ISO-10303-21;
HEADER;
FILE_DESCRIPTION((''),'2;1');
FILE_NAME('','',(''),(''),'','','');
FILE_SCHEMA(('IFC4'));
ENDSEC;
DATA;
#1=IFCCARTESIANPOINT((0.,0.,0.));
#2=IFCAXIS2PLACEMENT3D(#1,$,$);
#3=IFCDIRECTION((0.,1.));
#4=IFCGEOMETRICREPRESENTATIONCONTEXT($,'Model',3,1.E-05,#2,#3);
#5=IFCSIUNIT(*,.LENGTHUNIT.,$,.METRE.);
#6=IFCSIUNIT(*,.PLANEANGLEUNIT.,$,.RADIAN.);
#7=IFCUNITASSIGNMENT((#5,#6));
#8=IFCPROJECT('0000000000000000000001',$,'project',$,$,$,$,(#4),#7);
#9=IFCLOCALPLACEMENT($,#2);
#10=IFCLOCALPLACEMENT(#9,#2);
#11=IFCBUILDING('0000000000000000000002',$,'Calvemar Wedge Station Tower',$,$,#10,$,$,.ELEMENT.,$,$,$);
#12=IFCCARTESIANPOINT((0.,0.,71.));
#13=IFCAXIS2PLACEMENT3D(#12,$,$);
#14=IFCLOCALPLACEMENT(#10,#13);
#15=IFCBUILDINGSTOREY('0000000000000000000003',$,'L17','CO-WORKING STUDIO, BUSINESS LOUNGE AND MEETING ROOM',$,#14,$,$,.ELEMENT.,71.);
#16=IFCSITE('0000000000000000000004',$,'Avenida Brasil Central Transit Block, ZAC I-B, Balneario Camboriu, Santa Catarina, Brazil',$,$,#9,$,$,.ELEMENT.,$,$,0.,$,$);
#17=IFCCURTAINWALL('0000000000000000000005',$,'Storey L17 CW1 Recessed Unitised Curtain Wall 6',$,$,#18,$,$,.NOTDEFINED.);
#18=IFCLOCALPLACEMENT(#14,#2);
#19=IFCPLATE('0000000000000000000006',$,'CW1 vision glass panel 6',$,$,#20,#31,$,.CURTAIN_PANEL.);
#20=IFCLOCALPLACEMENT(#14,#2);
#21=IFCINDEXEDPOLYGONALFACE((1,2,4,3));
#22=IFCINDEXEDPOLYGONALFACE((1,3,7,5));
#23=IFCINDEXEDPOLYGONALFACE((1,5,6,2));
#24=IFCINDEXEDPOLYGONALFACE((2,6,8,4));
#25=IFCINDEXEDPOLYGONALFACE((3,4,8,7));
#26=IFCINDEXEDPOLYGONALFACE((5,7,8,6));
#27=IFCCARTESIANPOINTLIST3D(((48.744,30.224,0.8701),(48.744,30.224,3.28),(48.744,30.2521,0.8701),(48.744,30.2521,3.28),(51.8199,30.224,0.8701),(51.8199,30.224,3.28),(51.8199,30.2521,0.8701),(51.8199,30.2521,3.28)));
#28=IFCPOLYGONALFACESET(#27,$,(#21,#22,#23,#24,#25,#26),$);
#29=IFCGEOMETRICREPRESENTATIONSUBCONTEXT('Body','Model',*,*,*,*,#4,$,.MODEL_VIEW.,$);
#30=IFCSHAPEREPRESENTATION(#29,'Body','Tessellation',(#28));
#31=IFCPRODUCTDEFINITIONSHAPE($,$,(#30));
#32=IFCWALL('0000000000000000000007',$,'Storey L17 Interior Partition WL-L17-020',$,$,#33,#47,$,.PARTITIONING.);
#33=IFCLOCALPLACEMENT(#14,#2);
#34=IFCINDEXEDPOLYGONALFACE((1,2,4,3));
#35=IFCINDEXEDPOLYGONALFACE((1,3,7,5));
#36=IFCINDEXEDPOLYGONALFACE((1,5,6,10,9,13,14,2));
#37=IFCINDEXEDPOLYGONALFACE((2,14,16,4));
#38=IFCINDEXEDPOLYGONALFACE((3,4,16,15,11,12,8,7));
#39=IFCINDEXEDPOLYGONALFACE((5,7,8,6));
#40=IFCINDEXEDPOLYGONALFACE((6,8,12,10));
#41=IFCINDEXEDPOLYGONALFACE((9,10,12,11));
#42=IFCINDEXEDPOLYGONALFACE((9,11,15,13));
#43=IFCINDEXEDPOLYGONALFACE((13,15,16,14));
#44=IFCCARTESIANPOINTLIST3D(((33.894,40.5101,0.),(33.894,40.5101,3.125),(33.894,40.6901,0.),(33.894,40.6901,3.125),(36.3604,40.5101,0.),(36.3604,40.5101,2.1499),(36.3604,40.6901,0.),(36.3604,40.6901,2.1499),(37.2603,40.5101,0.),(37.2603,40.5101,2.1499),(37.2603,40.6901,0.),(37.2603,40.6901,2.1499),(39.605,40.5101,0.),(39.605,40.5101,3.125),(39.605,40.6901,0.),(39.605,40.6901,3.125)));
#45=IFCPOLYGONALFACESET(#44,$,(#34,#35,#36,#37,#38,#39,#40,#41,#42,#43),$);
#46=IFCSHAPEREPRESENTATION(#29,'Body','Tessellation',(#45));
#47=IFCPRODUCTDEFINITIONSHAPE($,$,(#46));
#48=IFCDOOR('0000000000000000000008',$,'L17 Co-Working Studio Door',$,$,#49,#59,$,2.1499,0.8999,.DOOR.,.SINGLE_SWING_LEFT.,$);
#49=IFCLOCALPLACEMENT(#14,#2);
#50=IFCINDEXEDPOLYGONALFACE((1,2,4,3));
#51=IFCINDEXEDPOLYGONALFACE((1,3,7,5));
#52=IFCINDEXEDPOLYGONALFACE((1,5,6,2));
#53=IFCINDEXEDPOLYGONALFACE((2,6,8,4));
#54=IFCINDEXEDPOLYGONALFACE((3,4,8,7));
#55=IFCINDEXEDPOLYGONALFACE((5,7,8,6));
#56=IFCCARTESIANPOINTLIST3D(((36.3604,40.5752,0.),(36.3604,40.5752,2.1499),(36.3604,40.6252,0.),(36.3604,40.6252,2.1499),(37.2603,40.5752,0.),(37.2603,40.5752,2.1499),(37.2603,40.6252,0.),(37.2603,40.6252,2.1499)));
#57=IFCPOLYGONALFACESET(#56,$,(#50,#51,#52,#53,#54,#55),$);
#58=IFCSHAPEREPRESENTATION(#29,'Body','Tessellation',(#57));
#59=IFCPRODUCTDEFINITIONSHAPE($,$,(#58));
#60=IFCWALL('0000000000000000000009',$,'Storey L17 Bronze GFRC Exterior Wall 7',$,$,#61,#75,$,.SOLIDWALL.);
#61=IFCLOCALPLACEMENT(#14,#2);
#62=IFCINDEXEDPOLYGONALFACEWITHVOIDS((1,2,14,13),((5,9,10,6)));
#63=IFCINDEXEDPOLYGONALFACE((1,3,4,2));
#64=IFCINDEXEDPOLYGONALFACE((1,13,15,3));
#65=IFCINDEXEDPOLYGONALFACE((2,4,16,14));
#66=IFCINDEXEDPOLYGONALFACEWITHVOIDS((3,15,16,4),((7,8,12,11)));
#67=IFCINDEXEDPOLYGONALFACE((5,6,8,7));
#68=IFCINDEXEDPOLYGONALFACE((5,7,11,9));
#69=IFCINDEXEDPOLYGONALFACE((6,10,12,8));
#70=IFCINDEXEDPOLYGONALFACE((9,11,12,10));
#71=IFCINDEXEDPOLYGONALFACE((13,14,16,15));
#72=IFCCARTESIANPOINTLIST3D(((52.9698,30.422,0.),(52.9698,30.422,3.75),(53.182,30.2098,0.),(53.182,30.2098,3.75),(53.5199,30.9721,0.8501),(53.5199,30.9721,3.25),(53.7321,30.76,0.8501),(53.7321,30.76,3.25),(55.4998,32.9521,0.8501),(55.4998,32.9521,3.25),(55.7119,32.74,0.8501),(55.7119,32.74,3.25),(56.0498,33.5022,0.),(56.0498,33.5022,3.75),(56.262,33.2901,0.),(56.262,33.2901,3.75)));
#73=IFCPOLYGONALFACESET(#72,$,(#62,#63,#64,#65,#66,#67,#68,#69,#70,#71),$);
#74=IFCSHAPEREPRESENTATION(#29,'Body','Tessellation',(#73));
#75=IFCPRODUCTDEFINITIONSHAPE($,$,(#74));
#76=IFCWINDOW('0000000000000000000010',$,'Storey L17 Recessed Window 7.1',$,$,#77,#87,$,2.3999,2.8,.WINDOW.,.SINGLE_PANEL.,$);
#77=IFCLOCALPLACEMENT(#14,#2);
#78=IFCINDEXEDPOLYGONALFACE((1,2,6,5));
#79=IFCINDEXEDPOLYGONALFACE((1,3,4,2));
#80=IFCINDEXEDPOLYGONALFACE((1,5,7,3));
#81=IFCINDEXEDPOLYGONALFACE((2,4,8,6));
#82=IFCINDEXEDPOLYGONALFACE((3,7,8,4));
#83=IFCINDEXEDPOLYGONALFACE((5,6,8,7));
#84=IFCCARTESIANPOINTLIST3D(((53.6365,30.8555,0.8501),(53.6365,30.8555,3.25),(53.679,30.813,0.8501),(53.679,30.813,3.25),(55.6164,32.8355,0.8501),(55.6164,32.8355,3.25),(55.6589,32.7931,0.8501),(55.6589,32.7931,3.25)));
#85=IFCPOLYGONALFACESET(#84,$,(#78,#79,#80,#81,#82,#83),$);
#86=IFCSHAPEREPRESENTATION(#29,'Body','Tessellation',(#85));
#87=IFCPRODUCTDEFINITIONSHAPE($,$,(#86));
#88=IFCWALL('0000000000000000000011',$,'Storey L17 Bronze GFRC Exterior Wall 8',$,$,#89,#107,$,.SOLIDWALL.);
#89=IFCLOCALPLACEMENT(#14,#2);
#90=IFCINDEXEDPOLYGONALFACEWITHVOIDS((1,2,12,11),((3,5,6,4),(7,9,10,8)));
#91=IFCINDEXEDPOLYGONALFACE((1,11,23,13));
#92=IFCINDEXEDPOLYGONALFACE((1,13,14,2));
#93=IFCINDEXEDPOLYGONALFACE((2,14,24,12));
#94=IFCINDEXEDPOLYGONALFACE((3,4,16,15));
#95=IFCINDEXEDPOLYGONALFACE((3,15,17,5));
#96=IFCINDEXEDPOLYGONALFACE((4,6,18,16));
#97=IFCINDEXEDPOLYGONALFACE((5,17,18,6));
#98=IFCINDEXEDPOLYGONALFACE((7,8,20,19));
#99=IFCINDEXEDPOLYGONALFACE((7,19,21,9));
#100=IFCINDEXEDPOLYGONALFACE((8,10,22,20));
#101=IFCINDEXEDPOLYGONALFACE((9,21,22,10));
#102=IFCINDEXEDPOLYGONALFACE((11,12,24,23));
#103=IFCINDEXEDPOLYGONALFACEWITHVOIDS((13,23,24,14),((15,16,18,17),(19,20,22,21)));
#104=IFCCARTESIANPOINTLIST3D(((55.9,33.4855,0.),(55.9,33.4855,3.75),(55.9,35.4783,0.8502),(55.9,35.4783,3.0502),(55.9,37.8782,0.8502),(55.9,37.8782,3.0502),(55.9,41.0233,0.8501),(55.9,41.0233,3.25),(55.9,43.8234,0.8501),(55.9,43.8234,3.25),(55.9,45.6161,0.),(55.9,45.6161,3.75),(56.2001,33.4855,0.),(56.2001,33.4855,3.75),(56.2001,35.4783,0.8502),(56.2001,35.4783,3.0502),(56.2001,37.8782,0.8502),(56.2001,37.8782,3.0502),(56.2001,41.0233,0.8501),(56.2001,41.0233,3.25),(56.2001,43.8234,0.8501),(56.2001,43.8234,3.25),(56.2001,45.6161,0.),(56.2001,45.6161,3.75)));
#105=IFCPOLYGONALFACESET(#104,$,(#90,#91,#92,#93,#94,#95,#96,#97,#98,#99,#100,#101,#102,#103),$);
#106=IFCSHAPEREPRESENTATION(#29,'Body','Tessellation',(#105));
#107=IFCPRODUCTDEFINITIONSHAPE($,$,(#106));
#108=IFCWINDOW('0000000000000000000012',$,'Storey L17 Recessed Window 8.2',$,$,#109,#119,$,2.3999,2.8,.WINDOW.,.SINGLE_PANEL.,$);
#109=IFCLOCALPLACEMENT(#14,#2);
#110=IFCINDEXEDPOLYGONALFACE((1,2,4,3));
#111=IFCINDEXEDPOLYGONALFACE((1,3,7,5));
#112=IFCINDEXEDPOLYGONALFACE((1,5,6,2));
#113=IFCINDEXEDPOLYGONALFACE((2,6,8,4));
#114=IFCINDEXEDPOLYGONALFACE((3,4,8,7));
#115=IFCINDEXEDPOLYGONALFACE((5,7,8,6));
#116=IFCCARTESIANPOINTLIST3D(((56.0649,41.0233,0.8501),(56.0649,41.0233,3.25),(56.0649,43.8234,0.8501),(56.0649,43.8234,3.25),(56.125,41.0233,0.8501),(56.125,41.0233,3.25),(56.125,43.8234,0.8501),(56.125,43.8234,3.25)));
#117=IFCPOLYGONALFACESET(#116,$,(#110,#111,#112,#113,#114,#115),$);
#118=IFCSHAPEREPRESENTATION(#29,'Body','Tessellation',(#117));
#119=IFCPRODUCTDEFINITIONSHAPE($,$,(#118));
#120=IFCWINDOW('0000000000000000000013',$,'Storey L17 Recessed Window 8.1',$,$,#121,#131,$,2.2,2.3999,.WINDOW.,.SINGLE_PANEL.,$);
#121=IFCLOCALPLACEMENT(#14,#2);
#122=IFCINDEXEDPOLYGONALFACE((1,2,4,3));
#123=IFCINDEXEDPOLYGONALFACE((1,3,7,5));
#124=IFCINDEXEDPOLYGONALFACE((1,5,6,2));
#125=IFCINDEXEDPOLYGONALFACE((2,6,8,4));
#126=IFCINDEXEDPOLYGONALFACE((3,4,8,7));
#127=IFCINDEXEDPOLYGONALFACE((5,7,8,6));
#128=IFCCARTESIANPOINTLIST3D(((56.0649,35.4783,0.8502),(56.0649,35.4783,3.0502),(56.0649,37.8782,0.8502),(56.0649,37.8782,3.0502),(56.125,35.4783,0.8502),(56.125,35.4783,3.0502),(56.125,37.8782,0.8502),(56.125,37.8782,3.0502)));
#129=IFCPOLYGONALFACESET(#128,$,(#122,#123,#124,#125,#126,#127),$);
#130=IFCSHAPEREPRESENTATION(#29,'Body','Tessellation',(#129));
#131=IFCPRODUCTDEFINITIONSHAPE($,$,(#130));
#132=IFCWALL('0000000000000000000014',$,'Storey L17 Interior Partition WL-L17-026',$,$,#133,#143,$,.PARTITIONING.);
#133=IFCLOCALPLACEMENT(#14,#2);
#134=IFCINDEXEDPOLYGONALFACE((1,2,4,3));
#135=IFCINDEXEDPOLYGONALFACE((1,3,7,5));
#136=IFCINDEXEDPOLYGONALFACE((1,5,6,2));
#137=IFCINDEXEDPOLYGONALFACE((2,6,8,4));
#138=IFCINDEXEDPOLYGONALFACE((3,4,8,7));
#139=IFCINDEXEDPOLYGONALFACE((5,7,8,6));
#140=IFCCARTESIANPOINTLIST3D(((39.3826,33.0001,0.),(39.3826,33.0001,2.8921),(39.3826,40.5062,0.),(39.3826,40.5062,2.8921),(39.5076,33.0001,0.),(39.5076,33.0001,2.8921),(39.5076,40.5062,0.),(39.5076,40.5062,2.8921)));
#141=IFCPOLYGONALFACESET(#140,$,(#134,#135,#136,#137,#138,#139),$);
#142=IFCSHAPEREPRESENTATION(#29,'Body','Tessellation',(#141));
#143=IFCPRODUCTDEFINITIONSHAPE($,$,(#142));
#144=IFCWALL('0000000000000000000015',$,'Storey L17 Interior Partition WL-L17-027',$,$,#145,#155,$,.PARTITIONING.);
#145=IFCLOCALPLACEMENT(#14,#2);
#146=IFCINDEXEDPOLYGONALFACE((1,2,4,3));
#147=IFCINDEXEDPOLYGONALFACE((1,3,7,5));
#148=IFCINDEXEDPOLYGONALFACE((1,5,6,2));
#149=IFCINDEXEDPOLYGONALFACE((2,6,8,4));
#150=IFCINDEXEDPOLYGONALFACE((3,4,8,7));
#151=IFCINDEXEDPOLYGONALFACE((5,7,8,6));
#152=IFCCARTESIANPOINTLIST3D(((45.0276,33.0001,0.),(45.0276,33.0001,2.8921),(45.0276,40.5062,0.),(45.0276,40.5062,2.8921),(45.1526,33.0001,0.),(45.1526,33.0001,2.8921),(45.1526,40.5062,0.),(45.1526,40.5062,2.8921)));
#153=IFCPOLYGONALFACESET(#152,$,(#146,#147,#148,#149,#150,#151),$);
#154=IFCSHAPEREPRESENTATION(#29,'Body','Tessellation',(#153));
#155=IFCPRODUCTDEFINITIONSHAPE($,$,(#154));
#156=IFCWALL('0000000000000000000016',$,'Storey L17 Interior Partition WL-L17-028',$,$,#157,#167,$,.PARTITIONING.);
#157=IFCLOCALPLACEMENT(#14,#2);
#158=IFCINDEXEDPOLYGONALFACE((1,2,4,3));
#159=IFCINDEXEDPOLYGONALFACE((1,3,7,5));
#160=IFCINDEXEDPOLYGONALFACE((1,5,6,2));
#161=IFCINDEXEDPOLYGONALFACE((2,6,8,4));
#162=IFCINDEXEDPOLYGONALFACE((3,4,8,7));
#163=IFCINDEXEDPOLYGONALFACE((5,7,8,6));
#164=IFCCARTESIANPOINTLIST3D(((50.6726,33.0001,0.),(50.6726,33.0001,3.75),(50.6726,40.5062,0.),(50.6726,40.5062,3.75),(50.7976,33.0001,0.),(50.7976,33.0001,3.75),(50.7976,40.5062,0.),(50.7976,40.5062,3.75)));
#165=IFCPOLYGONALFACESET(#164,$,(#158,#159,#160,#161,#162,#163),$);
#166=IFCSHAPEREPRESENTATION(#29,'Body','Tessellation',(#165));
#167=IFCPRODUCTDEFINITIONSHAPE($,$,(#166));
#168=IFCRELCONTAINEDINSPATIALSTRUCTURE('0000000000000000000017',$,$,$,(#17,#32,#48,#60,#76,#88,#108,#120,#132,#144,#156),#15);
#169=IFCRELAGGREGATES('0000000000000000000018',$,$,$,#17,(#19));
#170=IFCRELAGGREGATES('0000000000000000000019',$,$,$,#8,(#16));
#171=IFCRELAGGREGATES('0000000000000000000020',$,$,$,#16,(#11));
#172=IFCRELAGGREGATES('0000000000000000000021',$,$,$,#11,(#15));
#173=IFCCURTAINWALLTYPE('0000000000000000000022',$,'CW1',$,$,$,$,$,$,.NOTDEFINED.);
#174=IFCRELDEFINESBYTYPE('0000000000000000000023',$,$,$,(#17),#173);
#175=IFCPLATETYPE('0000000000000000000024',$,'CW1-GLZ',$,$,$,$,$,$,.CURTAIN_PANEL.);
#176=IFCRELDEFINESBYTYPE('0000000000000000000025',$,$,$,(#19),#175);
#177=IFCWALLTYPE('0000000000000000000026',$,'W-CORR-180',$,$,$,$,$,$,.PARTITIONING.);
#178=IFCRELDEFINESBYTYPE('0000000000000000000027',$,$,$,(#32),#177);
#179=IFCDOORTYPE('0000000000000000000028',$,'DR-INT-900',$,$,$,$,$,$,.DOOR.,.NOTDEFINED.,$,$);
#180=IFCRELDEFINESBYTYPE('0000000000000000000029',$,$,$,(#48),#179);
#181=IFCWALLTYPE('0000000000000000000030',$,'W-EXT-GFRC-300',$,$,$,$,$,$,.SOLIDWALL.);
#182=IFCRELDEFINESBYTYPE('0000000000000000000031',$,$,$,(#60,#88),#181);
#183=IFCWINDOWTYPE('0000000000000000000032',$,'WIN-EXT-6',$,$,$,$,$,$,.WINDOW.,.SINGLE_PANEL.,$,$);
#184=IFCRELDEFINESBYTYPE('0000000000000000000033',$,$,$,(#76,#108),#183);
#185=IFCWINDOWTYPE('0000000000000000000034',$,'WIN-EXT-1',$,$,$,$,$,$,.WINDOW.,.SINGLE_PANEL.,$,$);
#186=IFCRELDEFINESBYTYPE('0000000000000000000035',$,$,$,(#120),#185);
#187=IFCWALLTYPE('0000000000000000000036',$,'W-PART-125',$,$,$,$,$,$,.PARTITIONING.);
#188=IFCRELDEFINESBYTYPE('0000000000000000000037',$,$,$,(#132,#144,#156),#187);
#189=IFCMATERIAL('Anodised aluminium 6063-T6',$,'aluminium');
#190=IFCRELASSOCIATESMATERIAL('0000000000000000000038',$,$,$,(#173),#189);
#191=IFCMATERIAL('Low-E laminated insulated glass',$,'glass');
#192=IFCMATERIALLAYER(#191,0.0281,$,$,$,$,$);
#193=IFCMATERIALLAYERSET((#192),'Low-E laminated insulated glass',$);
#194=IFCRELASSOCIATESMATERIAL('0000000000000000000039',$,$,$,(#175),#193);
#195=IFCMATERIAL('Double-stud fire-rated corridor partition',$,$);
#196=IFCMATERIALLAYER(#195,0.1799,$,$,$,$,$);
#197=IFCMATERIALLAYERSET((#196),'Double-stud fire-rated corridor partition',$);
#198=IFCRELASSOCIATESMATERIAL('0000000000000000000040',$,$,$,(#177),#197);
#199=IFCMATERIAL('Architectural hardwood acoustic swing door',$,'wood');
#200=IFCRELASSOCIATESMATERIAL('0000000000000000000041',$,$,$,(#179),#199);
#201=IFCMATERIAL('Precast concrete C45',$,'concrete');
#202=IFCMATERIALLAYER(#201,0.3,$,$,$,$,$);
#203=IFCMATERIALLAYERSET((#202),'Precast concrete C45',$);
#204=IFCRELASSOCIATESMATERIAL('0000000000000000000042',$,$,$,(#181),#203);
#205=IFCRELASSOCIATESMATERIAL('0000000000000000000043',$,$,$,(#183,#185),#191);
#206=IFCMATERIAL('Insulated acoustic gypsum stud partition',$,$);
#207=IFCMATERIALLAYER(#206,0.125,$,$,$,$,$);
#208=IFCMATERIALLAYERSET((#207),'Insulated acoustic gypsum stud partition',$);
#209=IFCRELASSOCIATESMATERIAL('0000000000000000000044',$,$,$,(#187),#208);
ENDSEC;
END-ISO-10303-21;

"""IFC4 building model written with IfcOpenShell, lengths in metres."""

from ifc_helpers import new_model, si_unit, direction, frame, frame_2d, origin, place, context, subcontext, project, spatial, rectangle, extrude, source, transform, mapped, material, layer, layer_set, type_object, element, fill, aggregate, save


model = new_model("IFC4")

# Units and contexts
model_context = context("Model", 3, precision=1e-05, world=origin(), true_north=direction((0.0, 1.0)))
body_context = subcontext(model_context, "Body", "Model", "MODEL_VIEW")
ifc_project = project(units=[si_unit("LENGTHUNIT", "METRE"), si_unit("PLANEANGLEUNIT", "RADIAN")], contexts=[model_context])

# Site, building, storey
site_placement = place(None, origin())
site = spatial("IfcSite", under=ifc_project, at=site_placement, Name="Avenida Brasil Central Transit Block, ZAC I-B, Balneario Camboriu, Santa Catarina, Brazil", CompositionType="ELEMENT", RefElevation=0.0)
building_placement = place(site_placement, origin())
building = spatial("IfcBuilding", under=site, at=building_placement, Name="Calvemar Wedge Station Tower", CompositionType="ELEMENT")
storey_placement = place(building_placement, frame((0.0, 0.0, 71.0)))
storey = spatial("IfcBuildingStorey", under=building, at=storey_placement, Name="L17", Description="CO-WORKING STUDIO, BUSINESS LOUNGE AND MEETING ROOM", CompositionType="ELEMENT", Elevation=71.0)

# Curtain wall, plate
ifc_material_1 = material(Name="Anodised aluminium 6063-T6", Category="aluminium")
curtain_wall_type = type_object("IfcCurtainWallType", Name="CW1", PredefinedType="NOTDEFINED", material=ifc_material_1)
curtain_wall_placement = place(storey_placement, origin())
curtain_wall = element("IfcCurtainWall", 1, at=curtain_wall_placement, inside=storey, type_object=curtain_wall_type, Name="Storey L17 CW1 Recessed Unitised Curtain Wall 6", PredefinedType="NOTDEFINED")
ifc_material_2 = material(Name="Low-E laminated insulated glass", Category="glass")
ifc_layer_1 = layer(ifc_material_2, 0.0281)
ifc_layer_set_1 = layer_set([ifc_layer_1], Name="Low-E laminated insulated glass")
plate_type = type_object("IfcPlateType", Name="CW1-GLZ", PredefinedType="CURTAIN_PANEL", material=ifc_layer_set_1)
plate_placement = place(storey_placement, frame((48.7439, 30.238, 0.8701), z_axis=(0.0, 0.0, 1.0), x_axis=(1.0, 0.0, 0.0)))
plate = element("IfcPlate", 2, at=plate_placement, type_object=plate_type, Name="CW1 vision glass panel 6", PredefinedType="CURTAIN_PANEL", context=body_context, shape_type="SweptSolid", body=[
    extrude(rectangle(XDim=3.0759, YDim=0.0281, at=frame_2d((1.5381, 0.0))), origin(), (0.0, 0.0, 1.0), 2.4099),
])
aggregate(curtain_wall, [plate])

# Wall, opening, door
ifc_material_3 = material(Name="Double-stud fire-rated corridor partition")
ifc_layer_2 = layer(ifc_material_3, 0.1799)
ifc_layer_set_2 = layer_set([ifc_layer_2], Name="Double-stud fire-rated corridor partition")
wall_type_1 = type_object("IfcWallType", Name="W-CORR-180", PredefinedType="PARTITIONING", material=ifc_layer_set_2)
wall_1_placement = place(storey_placement, frame((39.605, 40.6001, 0.0), z_axis=(0.0, 0.0, 1.0), x_axis=(-1.0, 0.0, 0.0)))
wall_1 = element("IfcWall", 3, at=wall_1_placement, inside=storey, type_object=wall_type_1, Name="Storey L17 Interior Partition WL-L17-020", PredefinedType="PARTITIONING", context=body_context, shape_type="SweptSolid", body=[
    extrude(rectangle(XDim=5.7109, YDim=0.1799, at=frame_2d((2.8555, 0.0))), origin(), (0.0, 0.0, 1.0), 3.125),
])
shared_shape_1 = source(origin(), body_context, "Body", "SweptSolid", [
    extrude(rectangle(XDim=0.8999, YDim=2.1499, at=frame_2d((0.45, 1.075))), frame((0.0, 0.1001, 0.0), z_axis=(0.0, -1.0, 0.0), x_axis=(1.0, 0.0, 0.0)), (0.0, 0.0, 1.0), 0.2),
])
opening_1_placement = place(wall_1_placement, frame((2.3447, 0.0, 0.0)))
opening_1 = element("IfcOpeningElement", 4, at=opening_1_placement, cuts=wall_1, PredefinedType="OPENING", context=body_context, shape_type="MappedRepresentation", body=[
    mapped(shared_shape_1, transform((0.0, 0.0, 0.0), scale=1.0)),
])
ifc_material_4 = material(Name="Architectural hardwood acoustic swing door", Category="wood")
door_type = type_object("IfcDoorType", Name="DR-INT-900", OperationType="NOTDEFINED", PredefinedType="DOOR", material=ifc_material_4)
shared_shape_2 = source(origin(), body_context, "Body", "SweptSolid", [
    extrude(rectangle(XDim=0.8999, YDim=2.1499, at=frame_2d((0.45, 1.075))), frame((0.0, 0.0249, 0.0), z_axis=(0.0, -1.0, 0.0), x_axis=(1.0, 0.0, 0.0)), (0.0, 0.0, 1.0), 0.05),
])
door_placement = place(opening_1_placement, origin())
door = element("IfcDoor", 5, at=door_placement, inside=storey, type_object=door_type, Name="L17 Co-Working Studio Door", OperationType="SINGLE_SWING_LEFT", OverallHeight=2.1499, OverallWidth=0.8999, PredefinedType="DOOR", context=body_context, shape_type="MappedRepresentation", body=[
    mapped(shared_shape_2, transform((0.0, 0.0, 0.0), scale=1.0)),
])
fill(opening_1, door)

# Wall, opening, window
ifc_material_5 = material(Name="Precast concrete C45", Category="concrete")
ifc_layer_3 = layer(ifc_material_5, 0.3)
ifc_layer_set_3 = layer_set([ifc_layer_3], Name="Precast concrete C45")
wall_type_2 = type_object("IfcWallType", Name="W-EXT-GFRC-300", PredefinedType="SOLIDWALL", material=ifc_layer_set_3)
wall_2_placement = place(storey_placement, frame((53.0759, 30.3159, 0.0), z_axis=(0.0, 0.0, 1.0), x_axis=(0.707079, 0.707135, 0.0)))
wall_2 = element("IfcWall", 6, at=wall_2_placement, inside=storey, type_object=wall_type_2, Name="Storey L17 Bronze GFRC Exterior Wall 7", PredefinedType="SOLIDWALL", context=body_context, shape_type="SweptSolid", body=[
    extrude(rectangle(XDim=4.356, YDim=0.3, at=frame_2d((2.178, 0.0))), origin(), (0.0, 0.0, 1.0), 3.75),
])
shared_shape_3 = source(origin(), body_context, "Body", "SweptSolid", [
    extrude(rectangle(XDim=2.8, YDim=2.3999, at=frame_2d((1.3999, 1.2))), frame((0.0, 0.1602, 0.0), z_axis=(0.0, -1.0, 0.0), x_axis=(1.0, 0.0, 0.0)), (0.0, 0.0, 1.0), 0.3201),
])
opening_2_placement = place(wall_2_placement, frame((0.7781, 0.0, 0.8501)))
opening_2 = element("IfcOpeningElement", 7, at=opening_2_placement, cuts=wall_2, PredefinedType="OPENING", context=body_context, shape_type="MappedRepresentation", body=[
    mapped(shared_shape_3, transform((0.0, 0.0, 0.0), scale=1.0)),
])
window_type_1 = type_object("IfcWindowType", Name="WIN-EXT-6", PartitioningType="SINGLE_PANEL", PredefinedType="WINDOW", material=ifc_material_2)
shared_shape_4 = source(origin(), body_context, "Body", "SweptSolid", [
    extrude(rectangle(XDim=2.8, YDim=2.3999, at=frame_2d((1.3999, 1.2))), frame((0.0, -0.0149, 0.0), z_axis=(0.0, -1.0, 0.0), x_axis=(1.0, 0.0, 0.0)), (0.0, 0.0, 1.0), 0.0601),
])
window_1_placement = place(opening_2_placement, origin())
window_1 = element("IfcWindow", 8, at=window_1_placement, inside=storey, type_object=window_type_1, Name="Storey L17 Recessed Window 7.1", OverallHeight=2.3999, OverallWidth=2.8, PartitioningType="SINGLE_PANEL", PredefinedType="WINDOW", context=body_context, shape_type="MappedRepresentation", body=[
    mapped(shared_shape_4, transform((0.0, 0.0, 0.0), scale=1.0)),
])
fill(opening_2, window_1)

# Wall, openings, windows
wall_3_placement = place(storey_placement, frame((56.05, 33.4854, 0.0), z_axis=(0.0, 0.0, 1.0), x_axis=(0.0, 1.0, 0.0)))
wall_3 = element("IfcWall", 9, at=wall_3_placement, inside=storey, type_object=wall_type_2, Name="Storey L17 Bronze GFRC Exterior Wall 8", PredefinedType="SOLIDWALL", context=body_context, shape_type="SweptSolid", body=[
    extrude(rectangle(XDim=12.1306, YDim=0.3, at=frame_2d((6.0654, 0.0))), origin(), (0.0, 0.0, 1.0), 3.75),
])
shared_shape_5 = source(origin(), body_context, "Body", "SweptSolid", [
    extrude(rectangle(XDim=2.3999, YDim=2.2, at=frame_2d((1.2, 1.1001))), frame((0.0, 0.1602, 0.0), z_axis=(0.0, -1.0, 0.0), x_axis=(1.0, 0.0, 0.0)), (0.0, 0.0, 1.0), 0.3201),
])
opening_3_placement = place(wall_3_placement, frame((1.9929, 0.0, 0.8501)))
opening_3 = element("IfcOpeningElement", 10, at=opening_3_placement, cuts=wall_3, PredefinedType="OPENING", context=body_context, shape_type="MappedRepresentation", body=[
    mapped(shared_shape_5, transform((0.0, 0.0, 0.0), scale=1.0)),
])
opening_4_placement = place(wall_3_placement, frame((7.5381, 0.0, 0.8501)))
opening_4 = element("IfcOpeningElement", 11, at=opening_4_placement, cuts=wall_3, PredefinedType="OPENING", context=body_context, shape_type="MappedRepresentation", body=[
    mapped(shared_shape_3, transform((0.0, 0.0, 0.0), scale=1.0)),
])
window_2_placement = place(opening_4_placement, origin())
window_2 = element("IfcWindow", 12, at=window_2_placement, inside=storey, type_object=window_type_1, Name="Storey L17 Recessed Window 8.2", OverallHeight=2.3999, OverallWidth=2.8, PartitioningType="SINGLE_PANEL", PredefinedType="WINDOW", context=body_context, shape_type="MappedRepresentation", body=[
    mapped(shared_shape_4, transform((0.0, 0.0, 0.0), scale=1.0)),
])
fill(opening_4, window_2)
window_type_2 = type_object("IfcWindowType", Name="WIN-EXT-1", PartitioningType="SINGLE_PANEL", PredefinedType="WINDOW", material=ifc_material_2)
shared_shape_6 = source(origin(), body_context, "Body", "SweptSolid", [
    extrude(rectangle(XDim=2.3999, YDim=2.2, at=frame_2d((1.2, 1.1001))), frame((0.0, -0.0149, 0.0), z_axis=(0.0, -1.0, 0.0), x_axis=(1.0, 0.0, 0.0)), (0.0, 0.0, 1.0), 0.0601),
])
window_3_placement = place(opening_3_placement, origin())
window_3 = element("IfcWindow", 13, at=window_3_placement, inside=storey, type_object=window_type_2, Name="Storey L17 Recessed Window 8.1", OverallHeight=2.2, OverallWidth=2.3999, PartitioningType="SINGLE_PANEL", PredefinedType="WINDOW", context=body_context, shape_type="MappedRepresentation", body=[
    mapped(shared_shape_6, transform((0.0, 0.0, 0.0), scale=1.0)),
])
fill(opening_3, window_3)

# Walls
ifc_material_6 = material(Name="Insulated acoustic gypsum stud partition")
ifc_layer_4 = layer(ifc_material_6, 0.125)
ifc_layer_set_4 = layer_set([ifc_layer_4], Name="Insulated acoustic gypsum stud partition")
wall_type_3 = type_object("IfcWallType", Name="W-PART-125", PredefinedType="PARTITIONING", material=ifc_layer_set_4)
for number, where, z_axis, x_axis, name in (
    (14, (39.4451, 40.5061, 0.0), (0.0, 0.0, 1.0), (0.0, -1.0, 0.0), "Storey L17 Interior Partition WL-L17-026"),
    (15, (45.0901, 40.5061, 0.0), (0.0, 0.0, 1.0), (0.0, -1.0, 0.0), "Storey L17 Interior Partition WL-L17-027"),
):
    element("IfcWall", number, at=place(storey_placement, frame(where, z_axis=z_axis, x_axis=x_axis)), inside=storey, type_object=wall_type_3, Name=name, PredefinedType="PARTITIONING", context=body_context, shape_type="SweptSolid", body=[
        extrude(rectangle(XDim=7.5061, YDim=0.125, at=frame_2d((3.7529, 0.0))), origin(), (0.0, 0.0, 1.0), 2.8921),
    ])
wall_4_placement = place(storey_placement, frame((50.7351, 40.5061, 0.0), z_axis=(0.0, 0.0, 1.0), x_axis=(0.0, -1.0, 0.0)))
element("IfcWall", 16, at=wall_4_placement, inside=storey, type_object=wall_type_3, Name="Storey L17 Interior Partition WL-L17-028", PredefinedType="PARTITIONING", context=body_context, shape_type="SweptSolid", body=[
    extrude(rectangle(XDim=7.5061, YDim=0.125, at=frame_2d((3.7529, 0.0))), origin(), (0.0, 0.0, 1.0), 3.75),
])

save(model, "model.ifc")
